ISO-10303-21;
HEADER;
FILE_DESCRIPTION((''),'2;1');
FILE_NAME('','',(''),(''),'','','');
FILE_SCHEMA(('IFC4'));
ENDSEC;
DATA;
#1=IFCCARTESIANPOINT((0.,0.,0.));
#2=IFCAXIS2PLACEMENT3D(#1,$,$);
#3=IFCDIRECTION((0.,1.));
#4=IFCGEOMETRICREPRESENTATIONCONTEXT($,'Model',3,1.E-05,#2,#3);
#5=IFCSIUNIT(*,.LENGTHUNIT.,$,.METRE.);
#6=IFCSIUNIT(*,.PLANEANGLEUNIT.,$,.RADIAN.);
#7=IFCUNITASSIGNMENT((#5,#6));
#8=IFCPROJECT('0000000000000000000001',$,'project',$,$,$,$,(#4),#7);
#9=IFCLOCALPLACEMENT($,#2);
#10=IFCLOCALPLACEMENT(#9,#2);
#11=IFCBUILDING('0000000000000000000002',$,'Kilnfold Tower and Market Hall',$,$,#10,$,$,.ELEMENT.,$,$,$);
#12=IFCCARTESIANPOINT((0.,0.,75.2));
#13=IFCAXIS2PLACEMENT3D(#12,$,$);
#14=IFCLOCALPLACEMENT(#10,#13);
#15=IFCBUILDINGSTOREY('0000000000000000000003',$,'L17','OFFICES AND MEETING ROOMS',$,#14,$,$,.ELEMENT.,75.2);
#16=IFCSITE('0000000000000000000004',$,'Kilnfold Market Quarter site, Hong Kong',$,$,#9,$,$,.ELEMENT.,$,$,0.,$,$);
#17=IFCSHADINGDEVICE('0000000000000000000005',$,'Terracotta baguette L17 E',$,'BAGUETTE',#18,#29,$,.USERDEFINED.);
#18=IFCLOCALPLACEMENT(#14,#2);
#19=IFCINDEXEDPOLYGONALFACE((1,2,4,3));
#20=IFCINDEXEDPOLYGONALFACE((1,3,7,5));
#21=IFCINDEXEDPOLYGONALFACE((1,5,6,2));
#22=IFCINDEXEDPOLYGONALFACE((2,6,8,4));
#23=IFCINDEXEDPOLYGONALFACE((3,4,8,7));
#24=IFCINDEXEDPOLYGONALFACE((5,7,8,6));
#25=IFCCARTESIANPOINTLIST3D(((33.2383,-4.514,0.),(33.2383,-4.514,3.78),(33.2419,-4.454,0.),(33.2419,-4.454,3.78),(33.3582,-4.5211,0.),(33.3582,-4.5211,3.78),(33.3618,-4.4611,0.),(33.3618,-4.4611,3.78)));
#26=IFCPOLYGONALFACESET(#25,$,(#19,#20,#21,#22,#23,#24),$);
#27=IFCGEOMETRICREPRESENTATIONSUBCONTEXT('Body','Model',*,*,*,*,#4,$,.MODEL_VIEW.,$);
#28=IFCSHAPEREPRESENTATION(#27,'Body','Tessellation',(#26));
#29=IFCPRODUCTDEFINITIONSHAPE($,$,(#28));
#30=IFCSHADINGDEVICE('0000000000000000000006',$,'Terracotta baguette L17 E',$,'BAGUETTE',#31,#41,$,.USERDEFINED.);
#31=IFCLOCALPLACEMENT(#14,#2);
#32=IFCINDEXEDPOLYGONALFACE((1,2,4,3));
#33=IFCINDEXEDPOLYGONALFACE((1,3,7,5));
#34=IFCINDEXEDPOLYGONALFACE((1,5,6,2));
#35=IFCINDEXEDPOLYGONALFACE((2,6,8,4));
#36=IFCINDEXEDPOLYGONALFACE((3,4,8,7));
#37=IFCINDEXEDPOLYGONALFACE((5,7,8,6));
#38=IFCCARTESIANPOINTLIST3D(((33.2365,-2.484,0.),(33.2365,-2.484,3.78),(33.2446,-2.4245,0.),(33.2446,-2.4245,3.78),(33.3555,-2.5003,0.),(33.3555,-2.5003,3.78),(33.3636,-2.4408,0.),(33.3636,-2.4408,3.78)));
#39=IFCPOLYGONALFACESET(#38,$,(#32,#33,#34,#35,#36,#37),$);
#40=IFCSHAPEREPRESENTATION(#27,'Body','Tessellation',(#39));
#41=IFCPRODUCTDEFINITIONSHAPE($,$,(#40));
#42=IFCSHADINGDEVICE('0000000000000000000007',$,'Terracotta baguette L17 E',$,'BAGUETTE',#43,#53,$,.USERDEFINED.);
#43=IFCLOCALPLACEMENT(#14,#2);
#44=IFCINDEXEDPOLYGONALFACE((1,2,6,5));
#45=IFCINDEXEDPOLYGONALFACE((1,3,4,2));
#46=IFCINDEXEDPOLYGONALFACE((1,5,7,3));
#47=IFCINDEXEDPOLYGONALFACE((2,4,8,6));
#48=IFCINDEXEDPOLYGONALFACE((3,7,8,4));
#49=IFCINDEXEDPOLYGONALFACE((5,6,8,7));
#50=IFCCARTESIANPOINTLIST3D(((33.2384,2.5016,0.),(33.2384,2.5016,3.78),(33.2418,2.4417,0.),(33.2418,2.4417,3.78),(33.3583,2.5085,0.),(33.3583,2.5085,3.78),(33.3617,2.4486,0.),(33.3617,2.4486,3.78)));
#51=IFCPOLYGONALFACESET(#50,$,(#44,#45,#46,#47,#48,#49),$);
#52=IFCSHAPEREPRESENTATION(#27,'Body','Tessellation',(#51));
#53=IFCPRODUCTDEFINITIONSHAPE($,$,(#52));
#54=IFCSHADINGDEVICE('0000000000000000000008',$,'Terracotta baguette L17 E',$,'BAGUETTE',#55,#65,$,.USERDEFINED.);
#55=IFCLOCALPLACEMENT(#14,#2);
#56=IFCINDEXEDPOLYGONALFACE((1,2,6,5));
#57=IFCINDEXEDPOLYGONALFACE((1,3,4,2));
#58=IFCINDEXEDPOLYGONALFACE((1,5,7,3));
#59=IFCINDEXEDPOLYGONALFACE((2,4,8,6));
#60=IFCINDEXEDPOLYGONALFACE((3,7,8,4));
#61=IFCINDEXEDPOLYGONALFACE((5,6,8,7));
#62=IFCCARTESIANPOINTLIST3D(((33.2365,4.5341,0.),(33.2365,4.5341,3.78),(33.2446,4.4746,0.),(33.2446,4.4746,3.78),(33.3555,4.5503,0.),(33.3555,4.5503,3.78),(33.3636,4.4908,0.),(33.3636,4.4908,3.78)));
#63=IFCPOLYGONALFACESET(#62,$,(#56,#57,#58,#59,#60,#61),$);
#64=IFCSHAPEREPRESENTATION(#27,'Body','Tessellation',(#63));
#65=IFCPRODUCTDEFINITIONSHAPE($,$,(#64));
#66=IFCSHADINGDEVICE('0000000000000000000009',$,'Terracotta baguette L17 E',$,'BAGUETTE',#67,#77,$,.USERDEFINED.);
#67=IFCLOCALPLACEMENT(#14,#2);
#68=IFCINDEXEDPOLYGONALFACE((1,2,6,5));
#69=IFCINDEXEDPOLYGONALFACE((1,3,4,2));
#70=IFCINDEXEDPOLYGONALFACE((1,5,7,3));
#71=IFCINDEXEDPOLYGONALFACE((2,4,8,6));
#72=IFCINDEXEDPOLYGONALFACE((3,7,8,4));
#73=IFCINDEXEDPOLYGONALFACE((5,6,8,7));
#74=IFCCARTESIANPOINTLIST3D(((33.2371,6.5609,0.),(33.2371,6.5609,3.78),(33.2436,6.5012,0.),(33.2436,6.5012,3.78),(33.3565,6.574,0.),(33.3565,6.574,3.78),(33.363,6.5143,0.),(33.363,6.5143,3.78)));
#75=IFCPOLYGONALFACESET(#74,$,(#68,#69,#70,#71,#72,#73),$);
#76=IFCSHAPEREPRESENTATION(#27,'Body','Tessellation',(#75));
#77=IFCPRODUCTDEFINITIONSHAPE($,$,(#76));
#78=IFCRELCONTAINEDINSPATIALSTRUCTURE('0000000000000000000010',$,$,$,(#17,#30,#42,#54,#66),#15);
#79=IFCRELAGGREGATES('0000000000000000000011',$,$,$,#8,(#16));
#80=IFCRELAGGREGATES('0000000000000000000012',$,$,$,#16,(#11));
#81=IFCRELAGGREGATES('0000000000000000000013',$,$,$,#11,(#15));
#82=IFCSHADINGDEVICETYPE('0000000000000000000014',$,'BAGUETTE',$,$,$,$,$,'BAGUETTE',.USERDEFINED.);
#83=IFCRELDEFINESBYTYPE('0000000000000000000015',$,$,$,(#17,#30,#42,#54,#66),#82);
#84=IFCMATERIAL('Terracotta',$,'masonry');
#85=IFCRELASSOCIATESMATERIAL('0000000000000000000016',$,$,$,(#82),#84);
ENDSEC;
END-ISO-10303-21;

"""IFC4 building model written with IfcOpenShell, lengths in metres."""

from ifc_helpers import new_model, si_unit, direction, frame, origin, origin_2d, place, context, subcontext, project, spatial, rectangle, extrude, source, transform, mapped, material, material_profile, profile_set, type_object, element, save


model = new_model("IFC4")

# Units and contexts
model_context = context("Model", 3, precision=1e-05, world=origin(), true_north=direction((0.0, 1.0)))
body_context = subcontext(model_context, "Body", "Model", "MODEL_VIEW")
ifc_project = project(units=[si_unit("LENGTHUNIT", "METRE"), si_unit("PLANEANGLEUNIT", "RADIAN")], contexts=[model_context])

# Site, building, storey
site_placement = place(None, origin())
site = spatial("IfcSite", under=ifc_project, at=site_placement, Name="Kilnfold Market Quarter site, Hong Kong", CompositionType="ELEMENT", RefElevation=0.0)
building_placement = place(site_placement, origin())
building = spatial("IfcBuilding", under=site, at=building_placement, Name="Kilnfold Tower and Market Hall", CompositionType="ELEMENT")
storey_placement = place(building_placement, frame((0.0, 0.0, 75.2)))
storey = spatial("IfcBuildingStorey", under=building, at=storey_placement, Name="L17", Description="OFFICES AND MEETING ROOMS", CompositionType="ELEMENT", Elevation=75.2)

# Shading devices
ifc_material_1 = material(Name="Terracotta", Category="masonry")
ifc_material_profile_1 = material_profile(ifc_material_1, rectangle(XDim=0.0601, YDim=0.1201, at=origin_2d()), Name="BAG 60x120")
ifc_profile_set_1 = profile_set([ifc_material_profile_1], Name="Terracotta")
shading_device_type = type_object("IfcShadingDeviceType", Name="BAGUETTE", ElementType="BAGUETTE", PredefinedType="USERDEFINED", material=ifc_profile_set_1)
shared_shape_1 = source(origin(), body_context, "Body", "SweptSolid", [
    extrude(rectangle(XDim=0.0601, YDim=0.1201, at=origin_2d()), origin(), (0.0, 0.0, 1.0), 3.78),
])
for number, where, z_axis, x_axis, name in (
    (1, (33.3, -4.4875, 0.0), (0.0, 0.0, 1.0), (0.059428, 0.998233, 0.0), "Terracotta baguette L17 E"),
    (2, (33.3, -2.4624, 0.0), (0.0, 0.0, 1.0), (0.135778, 0.990739, 0.0), "Terracotta baguette L17 E"),
    (3, (33.3, 2.4751, 0.0), (0.0, 0.0, 1.0), (-0.057297, 0.998357, 0.0), "Terracotta baguette L17 E"),
    (4, (33.3, 4.5125, 0.0), (0.0, 0.0, 1.0), (-0.135427, 0.990787, 0.0), "Terracotta baguette L17 E"),
    (5, (33.3, 6.5376, 0.0), (0.0, 0.0, 1.0), (-0.108744, 0.99407, 0.0), "Terracotta baguette L17 E"),
):
    element("IfcShadingDevice", number, at=place(storey_placement, frame(where, z_axis=z_axis, x_axis=x_axis)), inside=storey, type_object=shading_device_type, Name=name, ObjectType="BAGUETTE", PredefinedType="USERDEFINED", context=body_context, shape_type="MappedRepresentation", body=[
        mapped(shared_shape_1, transform((0.0, 0.0, 0.0))),
    ])

save(model, "model.ifc")
